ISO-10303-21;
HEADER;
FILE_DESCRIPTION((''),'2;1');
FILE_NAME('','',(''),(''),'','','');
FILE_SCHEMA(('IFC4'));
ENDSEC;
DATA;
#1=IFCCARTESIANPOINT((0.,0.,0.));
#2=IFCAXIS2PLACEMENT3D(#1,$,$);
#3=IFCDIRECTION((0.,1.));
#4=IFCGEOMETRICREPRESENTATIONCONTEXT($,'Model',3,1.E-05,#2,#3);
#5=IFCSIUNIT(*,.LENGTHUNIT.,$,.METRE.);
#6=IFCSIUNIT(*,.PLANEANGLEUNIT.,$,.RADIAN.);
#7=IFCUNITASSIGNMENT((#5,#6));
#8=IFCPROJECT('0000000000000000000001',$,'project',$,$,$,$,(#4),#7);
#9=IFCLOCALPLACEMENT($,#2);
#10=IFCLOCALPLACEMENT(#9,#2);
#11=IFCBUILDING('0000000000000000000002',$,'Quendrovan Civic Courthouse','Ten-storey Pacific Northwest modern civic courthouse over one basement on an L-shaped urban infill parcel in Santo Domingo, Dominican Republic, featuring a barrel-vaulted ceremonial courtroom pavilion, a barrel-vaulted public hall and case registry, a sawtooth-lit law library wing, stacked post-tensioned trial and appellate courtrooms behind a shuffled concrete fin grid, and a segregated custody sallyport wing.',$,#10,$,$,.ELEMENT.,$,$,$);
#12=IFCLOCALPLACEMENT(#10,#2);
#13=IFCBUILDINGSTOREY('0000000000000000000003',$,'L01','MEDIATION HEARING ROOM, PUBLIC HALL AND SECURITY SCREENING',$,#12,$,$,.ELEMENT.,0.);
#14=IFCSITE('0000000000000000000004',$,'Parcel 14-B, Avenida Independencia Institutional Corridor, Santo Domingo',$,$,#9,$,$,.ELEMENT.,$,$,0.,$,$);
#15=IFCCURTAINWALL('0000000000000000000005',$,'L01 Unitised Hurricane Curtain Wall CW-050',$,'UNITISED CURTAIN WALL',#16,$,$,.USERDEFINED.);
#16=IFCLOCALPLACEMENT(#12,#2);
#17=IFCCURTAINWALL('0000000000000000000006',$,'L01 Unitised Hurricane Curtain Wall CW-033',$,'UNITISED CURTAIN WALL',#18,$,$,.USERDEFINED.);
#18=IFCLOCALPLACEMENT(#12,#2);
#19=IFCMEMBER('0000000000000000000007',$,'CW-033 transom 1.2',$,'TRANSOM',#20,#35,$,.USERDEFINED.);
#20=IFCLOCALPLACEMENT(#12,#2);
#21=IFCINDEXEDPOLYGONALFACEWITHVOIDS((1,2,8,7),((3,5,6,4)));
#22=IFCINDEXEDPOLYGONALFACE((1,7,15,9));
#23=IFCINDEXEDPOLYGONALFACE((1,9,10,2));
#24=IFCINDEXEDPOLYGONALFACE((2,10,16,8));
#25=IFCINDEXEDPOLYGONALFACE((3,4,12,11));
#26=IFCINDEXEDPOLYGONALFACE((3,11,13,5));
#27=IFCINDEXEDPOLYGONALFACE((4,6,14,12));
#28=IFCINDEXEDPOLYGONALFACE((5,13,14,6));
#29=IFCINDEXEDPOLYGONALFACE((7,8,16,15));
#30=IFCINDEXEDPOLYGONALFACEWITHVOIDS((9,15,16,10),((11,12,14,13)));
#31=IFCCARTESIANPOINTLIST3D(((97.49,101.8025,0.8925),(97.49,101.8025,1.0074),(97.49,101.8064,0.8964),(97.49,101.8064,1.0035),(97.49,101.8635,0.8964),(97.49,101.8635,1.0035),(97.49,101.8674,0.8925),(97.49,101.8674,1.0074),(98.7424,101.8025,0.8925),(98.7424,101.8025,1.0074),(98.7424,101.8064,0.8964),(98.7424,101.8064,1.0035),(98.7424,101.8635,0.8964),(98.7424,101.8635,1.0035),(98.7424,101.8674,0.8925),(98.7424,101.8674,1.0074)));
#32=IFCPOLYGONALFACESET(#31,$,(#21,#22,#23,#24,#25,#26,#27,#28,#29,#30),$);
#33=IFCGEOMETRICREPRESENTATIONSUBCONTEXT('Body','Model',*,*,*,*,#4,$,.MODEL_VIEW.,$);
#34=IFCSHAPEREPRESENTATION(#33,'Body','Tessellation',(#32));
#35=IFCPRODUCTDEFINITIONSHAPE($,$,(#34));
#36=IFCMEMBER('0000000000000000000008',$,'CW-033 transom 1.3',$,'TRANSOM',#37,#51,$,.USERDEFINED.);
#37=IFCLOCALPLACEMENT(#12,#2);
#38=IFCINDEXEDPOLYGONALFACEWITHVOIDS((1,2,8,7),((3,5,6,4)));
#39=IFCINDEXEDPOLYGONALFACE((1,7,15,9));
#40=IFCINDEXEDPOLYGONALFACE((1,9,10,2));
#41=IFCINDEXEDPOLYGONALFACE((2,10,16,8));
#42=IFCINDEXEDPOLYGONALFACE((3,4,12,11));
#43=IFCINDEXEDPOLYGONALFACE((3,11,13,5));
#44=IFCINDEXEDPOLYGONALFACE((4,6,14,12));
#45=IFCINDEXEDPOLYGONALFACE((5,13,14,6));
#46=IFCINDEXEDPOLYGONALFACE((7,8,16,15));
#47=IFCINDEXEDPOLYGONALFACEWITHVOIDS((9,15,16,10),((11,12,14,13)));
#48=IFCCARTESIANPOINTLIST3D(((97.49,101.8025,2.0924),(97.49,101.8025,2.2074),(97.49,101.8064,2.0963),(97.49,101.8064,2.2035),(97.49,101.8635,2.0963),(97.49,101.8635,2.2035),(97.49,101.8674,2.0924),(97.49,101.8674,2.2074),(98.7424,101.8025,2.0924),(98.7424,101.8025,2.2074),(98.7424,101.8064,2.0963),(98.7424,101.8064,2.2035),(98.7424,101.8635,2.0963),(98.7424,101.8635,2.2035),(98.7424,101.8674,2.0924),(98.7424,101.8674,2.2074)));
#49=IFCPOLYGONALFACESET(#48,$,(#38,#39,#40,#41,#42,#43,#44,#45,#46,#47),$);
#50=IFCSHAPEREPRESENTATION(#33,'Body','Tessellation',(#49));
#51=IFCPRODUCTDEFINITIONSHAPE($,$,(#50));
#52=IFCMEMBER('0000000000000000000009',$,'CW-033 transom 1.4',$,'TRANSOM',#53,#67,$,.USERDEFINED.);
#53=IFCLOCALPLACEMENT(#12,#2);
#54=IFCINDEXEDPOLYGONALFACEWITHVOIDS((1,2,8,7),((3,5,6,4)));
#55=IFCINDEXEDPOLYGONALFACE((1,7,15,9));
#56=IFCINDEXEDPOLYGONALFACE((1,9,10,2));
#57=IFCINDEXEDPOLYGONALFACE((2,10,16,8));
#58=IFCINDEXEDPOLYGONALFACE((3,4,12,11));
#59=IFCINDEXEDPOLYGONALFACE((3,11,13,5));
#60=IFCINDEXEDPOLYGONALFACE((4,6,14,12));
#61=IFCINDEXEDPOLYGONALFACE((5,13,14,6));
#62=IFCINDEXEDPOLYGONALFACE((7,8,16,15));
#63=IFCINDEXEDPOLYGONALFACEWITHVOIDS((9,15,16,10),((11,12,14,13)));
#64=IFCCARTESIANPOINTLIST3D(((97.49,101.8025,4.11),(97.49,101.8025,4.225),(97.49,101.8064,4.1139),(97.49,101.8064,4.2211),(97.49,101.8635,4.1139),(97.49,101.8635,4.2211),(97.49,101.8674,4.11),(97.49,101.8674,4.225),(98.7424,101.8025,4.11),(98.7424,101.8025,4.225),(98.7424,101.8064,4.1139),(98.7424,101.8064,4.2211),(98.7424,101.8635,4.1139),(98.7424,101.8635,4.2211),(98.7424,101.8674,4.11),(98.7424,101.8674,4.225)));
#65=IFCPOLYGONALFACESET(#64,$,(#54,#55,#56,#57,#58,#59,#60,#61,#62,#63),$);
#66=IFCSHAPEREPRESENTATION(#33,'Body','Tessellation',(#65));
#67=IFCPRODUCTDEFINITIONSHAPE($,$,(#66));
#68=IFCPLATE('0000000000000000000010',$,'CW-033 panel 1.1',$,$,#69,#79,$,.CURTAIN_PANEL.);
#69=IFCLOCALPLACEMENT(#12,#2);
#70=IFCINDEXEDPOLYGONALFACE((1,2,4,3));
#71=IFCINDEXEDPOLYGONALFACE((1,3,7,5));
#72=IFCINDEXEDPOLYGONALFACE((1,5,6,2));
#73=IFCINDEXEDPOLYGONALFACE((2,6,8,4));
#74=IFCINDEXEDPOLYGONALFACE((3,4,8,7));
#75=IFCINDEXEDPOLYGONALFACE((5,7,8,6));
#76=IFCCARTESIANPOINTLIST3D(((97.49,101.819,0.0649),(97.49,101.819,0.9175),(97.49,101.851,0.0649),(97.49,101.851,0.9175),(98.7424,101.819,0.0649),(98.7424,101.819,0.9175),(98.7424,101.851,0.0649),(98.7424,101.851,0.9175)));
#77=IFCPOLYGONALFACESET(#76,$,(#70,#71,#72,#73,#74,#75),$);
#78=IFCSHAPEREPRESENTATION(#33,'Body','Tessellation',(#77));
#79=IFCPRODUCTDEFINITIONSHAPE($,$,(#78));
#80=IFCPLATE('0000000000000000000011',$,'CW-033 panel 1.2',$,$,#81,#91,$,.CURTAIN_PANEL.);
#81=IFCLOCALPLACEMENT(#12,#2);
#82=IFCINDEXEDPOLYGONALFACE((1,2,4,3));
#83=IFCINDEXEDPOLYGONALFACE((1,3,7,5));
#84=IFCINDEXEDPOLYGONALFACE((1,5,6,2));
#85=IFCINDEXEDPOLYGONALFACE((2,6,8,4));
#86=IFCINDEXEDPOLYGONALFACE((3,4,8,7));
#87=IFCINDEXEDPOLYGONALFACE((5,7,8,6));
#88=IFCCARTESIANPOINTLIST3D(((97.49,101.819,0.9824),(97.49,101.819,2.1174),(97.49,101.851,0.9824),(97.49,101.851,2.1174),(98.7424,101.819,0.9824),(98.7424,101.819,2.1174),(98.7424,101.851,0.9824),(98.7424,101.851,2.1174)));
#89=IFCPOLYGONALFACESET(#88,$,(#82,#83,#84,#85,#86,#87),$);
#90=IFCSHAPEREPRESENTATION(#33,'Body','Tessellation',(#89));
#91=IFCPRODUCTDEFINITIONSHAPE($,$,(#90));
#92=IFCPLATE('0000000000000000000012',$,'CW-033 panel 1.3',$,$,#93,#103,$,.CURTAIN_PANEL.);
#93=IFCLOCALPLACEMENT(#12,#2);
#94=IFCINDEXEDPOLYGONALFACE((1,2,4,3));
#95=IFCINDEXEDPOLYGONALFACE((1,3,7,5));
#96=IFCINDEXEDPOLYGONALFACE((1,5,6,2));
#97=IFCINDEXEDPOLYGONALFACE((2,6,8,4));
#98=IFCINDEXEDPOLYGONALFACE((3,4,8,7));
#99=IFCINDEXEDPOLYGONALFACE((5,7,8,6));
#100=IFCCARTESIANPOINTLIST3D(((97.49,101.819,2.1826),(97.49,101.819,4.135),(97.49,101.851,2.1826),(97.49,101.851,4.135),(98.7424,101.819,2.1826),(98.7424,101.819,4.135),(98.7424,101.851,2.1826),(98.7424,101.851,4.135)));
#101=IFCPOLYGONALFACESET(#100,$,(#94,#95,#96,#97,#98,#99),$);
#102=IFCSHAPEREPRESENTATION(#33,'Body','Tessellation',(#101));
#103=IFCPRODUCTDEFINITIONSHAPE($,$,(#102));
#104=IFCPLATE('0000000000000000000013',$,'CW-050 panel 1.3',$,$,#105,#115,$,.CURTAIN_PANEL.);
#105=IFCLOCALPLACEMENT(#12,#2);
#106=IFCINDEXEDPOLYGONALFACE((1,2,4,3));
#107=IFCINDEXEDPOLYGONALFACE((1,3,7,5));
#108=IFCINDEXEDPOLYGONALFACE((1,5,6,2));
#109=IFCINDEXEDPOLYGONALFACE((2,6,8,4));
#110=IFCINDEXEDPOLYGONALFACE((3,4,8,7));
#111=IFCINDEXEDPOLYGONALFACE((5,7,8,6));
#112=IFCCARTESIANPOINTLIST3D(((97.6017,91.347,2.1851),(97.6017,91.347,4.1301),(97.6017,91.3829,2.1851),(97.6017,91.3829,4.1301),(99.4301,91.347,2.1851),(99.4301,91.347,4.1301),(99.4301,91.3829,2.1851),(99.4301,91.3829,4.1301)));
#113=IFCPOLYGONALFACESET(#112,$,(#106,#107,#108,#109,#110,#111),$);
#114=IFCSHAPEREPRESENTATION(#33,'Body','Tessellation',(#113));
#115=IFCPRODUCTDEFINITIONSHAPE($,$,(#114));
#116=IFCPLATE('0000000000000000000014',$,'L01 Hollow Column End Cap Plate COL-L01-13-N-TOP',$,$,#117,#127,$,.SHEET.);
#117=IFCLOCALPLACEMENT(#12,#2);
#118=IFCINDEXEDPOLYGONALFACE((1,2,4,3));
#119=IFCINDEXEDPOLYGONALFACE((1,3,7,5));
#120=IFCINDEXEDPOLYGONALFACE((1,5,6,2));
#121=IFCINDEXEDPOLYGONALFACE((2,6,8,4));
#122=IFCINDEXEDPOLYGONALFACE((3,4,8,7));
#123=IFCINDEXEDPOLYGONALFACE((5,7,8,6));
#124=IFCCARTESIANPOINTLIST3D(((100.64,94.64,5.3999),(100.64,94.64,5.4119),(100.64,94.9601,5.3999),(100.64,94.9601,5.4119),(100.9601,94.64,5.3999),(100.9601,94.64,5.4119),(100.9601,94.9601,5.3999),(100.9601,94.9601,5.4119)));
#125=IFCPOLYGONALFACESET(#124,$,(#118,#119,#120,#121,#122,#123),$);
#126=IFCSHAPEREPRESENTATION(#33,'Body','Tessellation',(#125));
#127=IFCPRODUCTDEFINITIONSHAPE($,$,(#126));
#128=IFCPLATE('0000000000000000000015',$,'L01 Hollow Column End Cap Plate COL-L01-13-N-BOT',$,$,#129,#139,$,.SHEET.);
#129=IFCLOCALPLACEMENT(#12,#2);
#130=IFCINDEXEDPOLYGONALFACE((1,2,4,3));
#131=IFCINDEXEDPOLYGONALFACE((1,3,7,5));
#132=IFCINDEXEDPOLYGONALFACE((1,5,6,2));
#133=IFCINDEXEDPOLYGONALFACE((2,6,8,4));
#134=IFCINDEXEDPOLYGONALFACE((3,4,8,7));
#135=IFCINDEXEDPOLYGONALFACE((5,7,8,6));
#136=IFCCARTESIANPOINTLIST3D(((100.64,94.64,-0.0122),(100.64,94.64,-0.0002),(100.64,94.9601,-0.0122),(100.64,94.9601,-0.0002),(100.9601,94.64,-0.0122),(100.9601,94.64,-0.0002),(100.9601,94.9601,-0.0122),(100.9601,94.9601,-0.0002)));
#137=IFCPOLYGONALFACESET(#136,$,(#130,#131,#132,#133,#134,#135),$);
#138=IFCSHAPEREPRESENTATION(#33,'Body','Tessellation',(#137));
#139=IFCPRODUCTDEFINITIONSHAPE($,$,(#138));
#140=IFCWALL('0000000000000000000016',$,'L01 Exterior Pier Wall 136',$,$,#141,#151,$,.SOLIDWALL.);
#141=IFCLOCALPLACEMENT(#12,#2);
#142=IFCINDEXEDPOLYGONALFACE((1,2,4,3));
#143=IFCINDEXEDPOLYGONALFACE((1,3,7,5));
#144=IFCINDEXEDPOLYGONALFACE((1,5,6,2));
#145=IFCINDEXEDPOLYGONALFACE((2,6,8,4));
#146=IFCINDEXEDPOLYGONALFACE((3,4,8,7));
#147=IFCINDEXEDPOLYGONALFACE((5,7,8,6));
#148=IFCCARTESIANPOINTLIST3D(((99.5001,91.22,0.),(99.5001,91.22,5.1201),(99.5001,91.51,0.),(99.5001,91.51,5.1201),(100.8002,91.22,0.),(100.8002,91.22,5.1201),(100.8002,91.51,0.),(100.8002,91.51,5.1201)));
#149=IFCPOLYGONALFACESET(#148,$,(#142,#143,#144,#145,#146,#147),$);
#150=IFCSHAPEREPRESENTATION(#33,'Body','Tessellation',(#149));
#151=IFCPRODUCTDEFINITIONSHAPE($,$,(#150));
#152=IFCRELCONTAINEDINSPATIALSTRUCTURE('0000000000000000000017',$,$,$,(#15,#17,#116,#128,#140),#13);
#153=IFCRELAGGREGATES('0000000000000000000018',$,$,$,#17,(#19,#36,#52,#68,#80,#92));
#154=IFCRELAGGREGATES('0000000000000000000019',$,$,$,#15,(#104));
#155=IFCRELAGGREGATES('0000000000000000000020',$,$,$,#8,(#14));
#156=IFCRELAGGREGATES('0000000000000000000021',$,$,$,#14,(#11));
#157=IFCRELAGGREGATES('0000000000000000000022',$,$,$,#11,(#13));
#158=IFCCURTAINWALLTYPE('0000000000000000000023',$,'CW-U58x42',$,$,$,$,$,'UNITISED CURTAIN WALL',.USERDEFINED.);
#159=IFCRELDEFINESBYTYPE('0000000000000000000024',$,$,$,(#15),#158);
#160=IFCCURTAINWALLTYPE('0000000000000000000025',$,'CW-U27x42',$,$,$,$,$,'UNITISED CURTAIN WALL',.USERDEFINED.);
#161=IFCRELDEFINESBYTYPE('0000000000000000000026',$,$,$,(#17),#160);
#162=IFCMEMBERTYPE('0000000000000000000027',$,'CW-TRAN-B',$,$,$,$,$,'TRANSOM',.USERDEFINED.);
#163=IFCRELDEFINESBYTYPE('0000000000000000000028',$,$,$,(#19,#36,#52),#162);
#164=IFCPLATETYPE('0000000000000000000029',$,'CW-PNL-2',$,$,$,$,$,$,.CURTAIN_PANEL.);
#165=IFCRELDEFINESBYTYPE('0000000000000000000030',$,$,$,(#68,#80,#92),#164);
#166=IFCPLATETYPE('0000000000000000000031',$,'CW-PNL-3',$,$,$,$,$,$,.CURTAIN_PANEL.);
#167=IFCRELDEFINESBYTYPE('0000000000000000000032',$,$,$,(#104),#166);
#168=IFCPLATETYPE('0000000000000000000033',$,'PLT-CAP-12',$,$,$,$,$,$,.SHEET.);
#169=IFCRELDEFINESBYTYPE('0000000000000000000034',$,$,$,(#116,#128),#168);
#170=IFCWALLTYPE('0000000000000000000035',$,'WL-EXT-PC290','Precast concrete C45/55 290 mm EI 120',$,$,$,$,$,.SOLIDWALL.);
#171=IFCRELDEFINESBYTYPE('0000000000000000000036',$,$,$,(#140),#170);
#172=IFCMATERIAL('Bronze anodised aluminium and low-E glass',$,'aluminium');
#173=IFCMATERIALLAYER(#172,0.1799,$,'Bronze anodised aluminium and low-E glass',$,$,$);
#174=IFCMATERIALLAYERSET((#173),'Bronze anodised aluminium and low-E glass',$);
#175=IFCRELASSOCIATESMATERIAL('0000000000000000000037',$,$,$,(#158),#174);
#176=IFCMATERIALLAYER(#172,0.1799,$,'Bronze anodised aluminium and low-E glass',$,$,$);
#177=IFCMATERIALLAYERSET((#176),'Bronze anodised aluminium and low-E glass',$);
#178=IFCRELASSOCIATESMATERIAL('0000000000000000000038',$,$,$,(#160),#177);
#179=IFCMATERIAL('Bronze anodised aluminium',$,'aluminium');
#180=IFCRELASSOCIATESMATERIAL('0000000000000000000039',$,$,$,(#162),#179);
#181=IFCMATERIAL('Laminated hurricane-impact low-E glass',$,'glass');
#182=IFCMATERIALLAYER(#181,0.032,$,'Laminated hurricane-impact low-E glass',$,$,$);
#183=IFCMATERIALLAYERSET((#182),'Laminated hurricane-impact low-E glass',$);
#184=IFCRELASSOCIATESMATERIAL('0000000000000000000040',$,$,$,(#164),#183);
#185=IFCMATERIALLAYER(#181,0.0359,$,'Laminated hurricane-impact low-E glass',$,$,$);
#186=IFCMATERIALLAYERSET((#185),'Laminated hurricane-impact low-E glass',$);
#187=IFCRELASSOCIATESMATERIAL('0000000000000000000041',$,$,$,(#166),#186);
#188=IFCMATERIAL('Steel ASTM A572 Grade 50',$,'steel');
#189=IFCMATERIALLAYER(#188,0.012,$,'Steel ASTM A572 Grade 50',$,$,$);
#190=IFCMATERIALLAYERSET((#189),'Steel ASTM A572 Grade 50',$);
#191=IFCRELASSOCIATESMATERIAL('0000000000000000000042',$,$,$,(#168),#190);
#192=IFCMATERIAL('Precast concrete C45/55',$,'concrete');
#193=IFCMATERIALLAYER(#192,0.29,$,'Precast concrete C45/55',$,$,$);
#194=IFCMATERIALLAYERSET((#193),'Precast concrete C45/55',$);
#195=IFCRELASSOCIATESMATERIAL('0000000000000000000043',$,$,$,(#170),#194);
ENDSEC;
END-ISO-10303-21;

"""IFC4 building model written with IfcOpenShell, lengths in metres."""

from ifc_helpers import new_model, si_unit, direction, frame, frame_2d, origin, origin_2d, place, context, subcontext, project, spatial, rectangle, hollow_rectangle, extrude, material, layer, layer_set, material_profile, profile_set, type_object, element, aggregate, save


model = new_model("IFC4")

# Units and contexts
model_context = context("Model", 3, precision=1e-05, world=origin(), true_north=direction((0.0, 1.0)))
body_context = subcontext(model_context, "Body", "Model", "MODEL_VIEW")
ifc_project = project(units=[si_unit("LENGTHUNIT", "METRE"), si_unit("PLANEANGLEUNIT", "RADIAN")], contexts=[model_context])

# Site, building, storey
site_placement = place(None, origin())
site = spatial("IfcSite", under=ifc_project, at=site_placement, Name="Parcel 14-B, Avenida Independencia Institutional Corridor, Santo Domingo", CompositionType="ELEMENT", RefElevation=0.0)
building_placement = place(site_placement, origin())
building = spatial("IfcBuilding", under=site, at=building_placement, Name="Quendrovan Civic Courthouse", Description="Ten-storey Pacific Northwest modern civic courthouse over one basement on an L-shaped urban infill parcel in Santo Domingo, Dominican Republic, featuring a barrel-vaulted ceremonial courtroom pavilion, a barrel-vaulted public hall and case registry, a sawtooth-lit law library wing, stacked post-tensioned trial and appellate courtrooms behind a shuffled concrete fin grid, and a segregated custody sallyport wing.", CompositionType="ELEMENT")
storey_placement = place(building_placement, origin())
storey = spatial("IfcBuildingStorey", under=building, at=storey_placement, Name="L01", Description="MEDIATION HEARING ROOM, PUBLIC HALL AND SECURITY SCREENING", CompositionType="ELEMENT", Elevation=0.0)

# Curtain walls
ifc_material_1 = material(Name="Bronze anodised aluminium and low-E glass", Category="aluminium")
ifc_layer_1 = layer(ifc_material_1, 0.1799, Name="Bronze anodised aluminium and low-E glass")
ifc_layer_set_1 = layer_set([ifc_layer_1], Name="Bronze anodised aluminium and low-E glass")
curtain_wall_type_1 = type_object("IfcCurtainWallType", Name="CW-U58x42", ElementType="UNITISED CURTAIN WALL", PredefinedType="USERDEFINED", material=ifc_layer_set_1)
curtain_wall_1_placement = place(storey_placement, origin())
curtain_wall_1 = element("IfcCurtainWall", 1, at=curtain_wall_1_placement, inside=storey, type_object=curtain_wall_type_1, Name="L01 Unitised Hurricane Curtain Wall CW-050", ObjectType="UNITISED CURTAIN WALL", PredefinedType="USERDEFINED")
ifc_material_2 = material(Name="Bronze anodised aluminium", Category="aluminium")
ifc_layer_2 = layer(ifc_material_1, 0.1799, Name="Bronze anodised aluminium and low-E glass")
ifc_layer_set_2 = layer_set([ifc_layer_2], Name="Bronze anodised aluminium and low-E glass")
curtain_wall_type_2 = type_object("IfcCurtainWallType", Name="CW-U27x42", ElementType="UNITISED CURTAIN WALL", PredefinedType="USERDEFINED", material=ifc_layer_set_2)
curtain_wall_2_placement = place(storey_placement, origin())
curtain_wall_2 = element("IfcCurtainWall", 2, at=curtain_wall_2_placement, inside=storey, type_object=curtain_wall_type_2, Name="L01 Unitised Hurricane Curtain Wall CW-033", ObjectType="UNITISED CURTAIN WALL", PredefinedType="USERDEFINED")

# Members
ifc_material_profile_1 = material_profile(ifc_material_2, hollow_rectangle(XDim=0.0649, YDim=0.115, WallThickness=0.0039, at=origin_2d()), Name="CW-TRAN-65x115")
ifc_profile_set_1 = profile_set([ifc_material_profile_1], Name="Bronze anodised aluminium")
member_type_1 = type_object("IfcMemberType", Name="CW-TRAN-B", ElementType="TRANSOM", PredefinedType="USERDEFINED", material=ifc_profile_set_1)
member_1_placement = place(storey_placement, frame((97.49, 101.835, 0.95), z_axis=(1.0, 0.0, 0.0), x_axis=(0.0, 1.0, 0.0)))
member_1 = element("IfcMember", 3, at=member_1_placement, type_object=member_type_1, Name="CW-033 transom 1.2", ObjectType="TRANSOM", PredefinedType="USERDEFINED", context=body_context, shape_type="SweptSolid", body=[
    extrude(hollow_rectangle(XDim=0.0649, YDim=0.115, WallThickness=0.0039, at=origin_2d()), origin(), (0.0, 0.0, 1.0), 1.2524),
])
member_2_placement = place(storey_placement, frame((97.49, 101.835, 2.1499), z_axis=(1.0, 0.0, 0.0), x_axis=(0.0, 1.0, 0.0)))
member_2 = element("IfcMember", 4, at=member_2_placement, type_object=member_type_1, Name="CW-033 transom 1.3", ObjectType="TRANSOM", PredefinedType="USERDEFINED", context=body_context, shape_type="SweptSolid", body=[
    extrude(hollow_rectangle(XDim=0.0649, YDim=0.115, WallThickness=0.0039, at=origin_2d()), origin(), (0.0, 0.0, 1.0), 1.2524),
])
member_3_placement = place(storey_placement, frame((97.49, 101.835, 4.1675), z_axis=(1.0, 0.0, 0.0), x_axis=(0.0, 1.0, 0.0)))
member_3 = element("IfcMember", 5, at=member_3_placement, type_object=member_type_1, Name="CW-033 transom 1.4", ObjectType="TRANSOM", PredefinedType="USERDEFINED", context=body_context, shape_type="SweptSolid", body=[
    extrude(hollow_rectangle(XDim=0.0649, YDim=0.115, WallThickness=0.0039, at=origin_2d()), origin(), (0.0, 0.0, 1.0), 1.2524),
])

# Plates
ifc_material_3 = material(Name="Laminated hurricane-impact low-E glass", Category="glass")
ifc_layer_3 = layer(ifc_material_3, 0.032, Name="Laminated hurricane-impact low-E glass")
ifc_layer_set_3 = layer_set([ifc_layer_3], Name="Laminated hurricane-impact low-E glass")
plate_type_1 = type_object("IfcPlateType", Name="CW-PNL-2", PredefinedType="CURTAIN_PANEL", material=ifc_layer_set_3)
plate_1_placement = place(storey_placement, frame((98.1162, 101.835, 0.0649), z_axis=(0.0, 0.0, 1.0), x_axis=(1.0, 0.0, 0.0)))
plate_1 = element("IfcPlate", 6, at=plate_1_placement, type_object=plate_type_1, Name="CW-033 panel 1.1", PredefinedType="CURTAIN_PANEL", context=body_context, shape_type="SweptSolid", body=[
    extrude(rectangle(XDim=1.2524, YDim=0.032, at=origin_2d()), origin(), (0.0, 0.0, 1.0), 0.8525),
])
plate_2_placement = place(storey_placement, frame((98.1162, 101.835, 0.9824), z_axis=(0.0, 0.0, 1.0), x_axis=(1.0, 0.0, 0.0)))
plate_2 = element("IfcPlate", 7, at=plate_2_placement, type_object=plate_type_1, Name="CW-033 panel 1.2", PredefinedType="CURTAIN_PANEL", context=body_context, shape_type="SweptSolid", body=[
    extrude(rectangle(XDim=1.2524, YDim=0.032, at=origin_2d()), origin(), (0.0, 0.0, 1.0), 1.135),
])
plate_3_placement = place(storey_placement, frame((98.1162, 101.835, 2.1826), z_axis=(0.0, 0.0, 1.0), x_axis=(1.0, 0.0, 0.0)))
plate_3 = element("IfcPlate", 8, at=plate_3_placement, type_object=plate_type_1, Name="CW-033 panel 1.3", PredefinedType="CURTAIN_PANEL", context=body_context, shape_type="SweptSolid", body=[
    extrude(rectangle(XDim=1.2524, YDim=0.032, at=origin_2d()), origin(), (0.0, 0.0, 1.0), 1.9524),
])
aggregate(curtain_wall_2, [member_1, member_2, member_3, plate_1, plate_2, plate_3])
ifc_layer_4 = layer(ifc_material_3, 0.0359, Name="Laminated hurricane-impact low-E glass")
ifc_layer_set_4 = layer_set([ifc_layer_4], Name="Laminated hurricane-impact low-E glass")
plate_type_2 = type_object("IfcPlateType", Name="CW-PNL-3", PredefinedType="CURTAIN_PANEL", material=ifc_layer_set_4)
plate_4_placement = place(storey_placement, frame((98.5159, 91.365, 2.1851), z_axis=(0.0, 0.0, 1.0), x_axis=(-1.0, 0.0, 0.0)))
plate_4 = element("IfcPlate", 9, at=plate_4_placement, type_object=plate_type_2, Name="CW-050 panel 1.3", PredefinedType="CURTAIN_PANEL", context=body_context, shape_type="SweptSolid", body=[
    extrude(rectangle(XDim=1.8284, YDim=0.0359, at=origin_2d()), origin(), (0.0, 0.0, 1.0), 1.9451),
])
aggregate(curtain_wall_1, [plate_4])

# Plates
ifc_material_4 = material(Name="Steel ASTM A572 Grade 50", Category="steel")
ifc_layer_5 = layer(ifc_material_4, 0.012, Name="Steel ASTM A572 Grade 50")
ifc_layer_set_5 = layer_set([ifc_layer_5], Name="Steel ASTM A572 Grade 50")
plate_type_3 = type_object("IfcPlateType", Name="PLT-CAP-12", PredefinedType="SHEET", material=ifc_layer_set_5)
for number, where, z_axis, x_axis, name in (
    (10, (100.8, 94.8, 5.3999), (0.0, 0.0, 1.0), (1.0, 0.0, 0.0), "L01 Hollow Column End Cap Plate COL-L01-13-N-TOP"),
    (11, (100.8, 94.8, -0.0122), (0.0, 0.0, 1.0), (1.0, 0.0, 0.0), "L01 Hollow Column End Cap Plate COL-L01-13-N-BOT"),
):
    element("IfcPlate", number, at=place(storey_placement, frame(where, z_axis=z_axis, x_axis=x_axis)), inside=storey, type_object=plate_type_3, Name=name, PredefinedType="SHEET", context=body_context, shape_type="SweptSolid", body=[
        extrude(rectangle(XDim=0.3201, YDim=0.3201, at=origin_2d()), origin(), (0.0, 0.0, 1.0), 0.012),
    ])

# Wall
ifc_material_5 = material(Name="Precast concrete C45/55", Category="concrete")
ifc_layer_6 = layer(ifc_material_5, 0.29, Name="Precast concrete C45/55")
ifc_layer_set_6 = layer_set([ifc_layer_6], Name="Precast concrete C45/55")
wall_type = type_object("IfcWallType", Name="WL-EXT-PC290", Description="Precast concrete C45/55 290 mm EI 120", PredefinedType="SOLIDWALL", material=ifc_layer_set_6)
wall_placement = place(storey_placement, frame((100.8, 91.365, 0.0), z_axis=(0.0, 0.0, 1.0), x_axis=(-1.0, 0.0, 0.0)))
element("IfcWall", 12, at=wall_placement, inside=storey, type_object=wall_type, Name="L01 Exterior Pier Wall 136", PredefinedType="SOLIDWALL", context=body_context, shape_type="SweptSolid", body=[
    extrude(rectangle(XDim=1.3, YDim=0.29, at=frame_2d((0.6499, 0.0))), origin(), (0.0, 0.0, 1.0), 5.1201),
])

save(model, "model.ifc")
